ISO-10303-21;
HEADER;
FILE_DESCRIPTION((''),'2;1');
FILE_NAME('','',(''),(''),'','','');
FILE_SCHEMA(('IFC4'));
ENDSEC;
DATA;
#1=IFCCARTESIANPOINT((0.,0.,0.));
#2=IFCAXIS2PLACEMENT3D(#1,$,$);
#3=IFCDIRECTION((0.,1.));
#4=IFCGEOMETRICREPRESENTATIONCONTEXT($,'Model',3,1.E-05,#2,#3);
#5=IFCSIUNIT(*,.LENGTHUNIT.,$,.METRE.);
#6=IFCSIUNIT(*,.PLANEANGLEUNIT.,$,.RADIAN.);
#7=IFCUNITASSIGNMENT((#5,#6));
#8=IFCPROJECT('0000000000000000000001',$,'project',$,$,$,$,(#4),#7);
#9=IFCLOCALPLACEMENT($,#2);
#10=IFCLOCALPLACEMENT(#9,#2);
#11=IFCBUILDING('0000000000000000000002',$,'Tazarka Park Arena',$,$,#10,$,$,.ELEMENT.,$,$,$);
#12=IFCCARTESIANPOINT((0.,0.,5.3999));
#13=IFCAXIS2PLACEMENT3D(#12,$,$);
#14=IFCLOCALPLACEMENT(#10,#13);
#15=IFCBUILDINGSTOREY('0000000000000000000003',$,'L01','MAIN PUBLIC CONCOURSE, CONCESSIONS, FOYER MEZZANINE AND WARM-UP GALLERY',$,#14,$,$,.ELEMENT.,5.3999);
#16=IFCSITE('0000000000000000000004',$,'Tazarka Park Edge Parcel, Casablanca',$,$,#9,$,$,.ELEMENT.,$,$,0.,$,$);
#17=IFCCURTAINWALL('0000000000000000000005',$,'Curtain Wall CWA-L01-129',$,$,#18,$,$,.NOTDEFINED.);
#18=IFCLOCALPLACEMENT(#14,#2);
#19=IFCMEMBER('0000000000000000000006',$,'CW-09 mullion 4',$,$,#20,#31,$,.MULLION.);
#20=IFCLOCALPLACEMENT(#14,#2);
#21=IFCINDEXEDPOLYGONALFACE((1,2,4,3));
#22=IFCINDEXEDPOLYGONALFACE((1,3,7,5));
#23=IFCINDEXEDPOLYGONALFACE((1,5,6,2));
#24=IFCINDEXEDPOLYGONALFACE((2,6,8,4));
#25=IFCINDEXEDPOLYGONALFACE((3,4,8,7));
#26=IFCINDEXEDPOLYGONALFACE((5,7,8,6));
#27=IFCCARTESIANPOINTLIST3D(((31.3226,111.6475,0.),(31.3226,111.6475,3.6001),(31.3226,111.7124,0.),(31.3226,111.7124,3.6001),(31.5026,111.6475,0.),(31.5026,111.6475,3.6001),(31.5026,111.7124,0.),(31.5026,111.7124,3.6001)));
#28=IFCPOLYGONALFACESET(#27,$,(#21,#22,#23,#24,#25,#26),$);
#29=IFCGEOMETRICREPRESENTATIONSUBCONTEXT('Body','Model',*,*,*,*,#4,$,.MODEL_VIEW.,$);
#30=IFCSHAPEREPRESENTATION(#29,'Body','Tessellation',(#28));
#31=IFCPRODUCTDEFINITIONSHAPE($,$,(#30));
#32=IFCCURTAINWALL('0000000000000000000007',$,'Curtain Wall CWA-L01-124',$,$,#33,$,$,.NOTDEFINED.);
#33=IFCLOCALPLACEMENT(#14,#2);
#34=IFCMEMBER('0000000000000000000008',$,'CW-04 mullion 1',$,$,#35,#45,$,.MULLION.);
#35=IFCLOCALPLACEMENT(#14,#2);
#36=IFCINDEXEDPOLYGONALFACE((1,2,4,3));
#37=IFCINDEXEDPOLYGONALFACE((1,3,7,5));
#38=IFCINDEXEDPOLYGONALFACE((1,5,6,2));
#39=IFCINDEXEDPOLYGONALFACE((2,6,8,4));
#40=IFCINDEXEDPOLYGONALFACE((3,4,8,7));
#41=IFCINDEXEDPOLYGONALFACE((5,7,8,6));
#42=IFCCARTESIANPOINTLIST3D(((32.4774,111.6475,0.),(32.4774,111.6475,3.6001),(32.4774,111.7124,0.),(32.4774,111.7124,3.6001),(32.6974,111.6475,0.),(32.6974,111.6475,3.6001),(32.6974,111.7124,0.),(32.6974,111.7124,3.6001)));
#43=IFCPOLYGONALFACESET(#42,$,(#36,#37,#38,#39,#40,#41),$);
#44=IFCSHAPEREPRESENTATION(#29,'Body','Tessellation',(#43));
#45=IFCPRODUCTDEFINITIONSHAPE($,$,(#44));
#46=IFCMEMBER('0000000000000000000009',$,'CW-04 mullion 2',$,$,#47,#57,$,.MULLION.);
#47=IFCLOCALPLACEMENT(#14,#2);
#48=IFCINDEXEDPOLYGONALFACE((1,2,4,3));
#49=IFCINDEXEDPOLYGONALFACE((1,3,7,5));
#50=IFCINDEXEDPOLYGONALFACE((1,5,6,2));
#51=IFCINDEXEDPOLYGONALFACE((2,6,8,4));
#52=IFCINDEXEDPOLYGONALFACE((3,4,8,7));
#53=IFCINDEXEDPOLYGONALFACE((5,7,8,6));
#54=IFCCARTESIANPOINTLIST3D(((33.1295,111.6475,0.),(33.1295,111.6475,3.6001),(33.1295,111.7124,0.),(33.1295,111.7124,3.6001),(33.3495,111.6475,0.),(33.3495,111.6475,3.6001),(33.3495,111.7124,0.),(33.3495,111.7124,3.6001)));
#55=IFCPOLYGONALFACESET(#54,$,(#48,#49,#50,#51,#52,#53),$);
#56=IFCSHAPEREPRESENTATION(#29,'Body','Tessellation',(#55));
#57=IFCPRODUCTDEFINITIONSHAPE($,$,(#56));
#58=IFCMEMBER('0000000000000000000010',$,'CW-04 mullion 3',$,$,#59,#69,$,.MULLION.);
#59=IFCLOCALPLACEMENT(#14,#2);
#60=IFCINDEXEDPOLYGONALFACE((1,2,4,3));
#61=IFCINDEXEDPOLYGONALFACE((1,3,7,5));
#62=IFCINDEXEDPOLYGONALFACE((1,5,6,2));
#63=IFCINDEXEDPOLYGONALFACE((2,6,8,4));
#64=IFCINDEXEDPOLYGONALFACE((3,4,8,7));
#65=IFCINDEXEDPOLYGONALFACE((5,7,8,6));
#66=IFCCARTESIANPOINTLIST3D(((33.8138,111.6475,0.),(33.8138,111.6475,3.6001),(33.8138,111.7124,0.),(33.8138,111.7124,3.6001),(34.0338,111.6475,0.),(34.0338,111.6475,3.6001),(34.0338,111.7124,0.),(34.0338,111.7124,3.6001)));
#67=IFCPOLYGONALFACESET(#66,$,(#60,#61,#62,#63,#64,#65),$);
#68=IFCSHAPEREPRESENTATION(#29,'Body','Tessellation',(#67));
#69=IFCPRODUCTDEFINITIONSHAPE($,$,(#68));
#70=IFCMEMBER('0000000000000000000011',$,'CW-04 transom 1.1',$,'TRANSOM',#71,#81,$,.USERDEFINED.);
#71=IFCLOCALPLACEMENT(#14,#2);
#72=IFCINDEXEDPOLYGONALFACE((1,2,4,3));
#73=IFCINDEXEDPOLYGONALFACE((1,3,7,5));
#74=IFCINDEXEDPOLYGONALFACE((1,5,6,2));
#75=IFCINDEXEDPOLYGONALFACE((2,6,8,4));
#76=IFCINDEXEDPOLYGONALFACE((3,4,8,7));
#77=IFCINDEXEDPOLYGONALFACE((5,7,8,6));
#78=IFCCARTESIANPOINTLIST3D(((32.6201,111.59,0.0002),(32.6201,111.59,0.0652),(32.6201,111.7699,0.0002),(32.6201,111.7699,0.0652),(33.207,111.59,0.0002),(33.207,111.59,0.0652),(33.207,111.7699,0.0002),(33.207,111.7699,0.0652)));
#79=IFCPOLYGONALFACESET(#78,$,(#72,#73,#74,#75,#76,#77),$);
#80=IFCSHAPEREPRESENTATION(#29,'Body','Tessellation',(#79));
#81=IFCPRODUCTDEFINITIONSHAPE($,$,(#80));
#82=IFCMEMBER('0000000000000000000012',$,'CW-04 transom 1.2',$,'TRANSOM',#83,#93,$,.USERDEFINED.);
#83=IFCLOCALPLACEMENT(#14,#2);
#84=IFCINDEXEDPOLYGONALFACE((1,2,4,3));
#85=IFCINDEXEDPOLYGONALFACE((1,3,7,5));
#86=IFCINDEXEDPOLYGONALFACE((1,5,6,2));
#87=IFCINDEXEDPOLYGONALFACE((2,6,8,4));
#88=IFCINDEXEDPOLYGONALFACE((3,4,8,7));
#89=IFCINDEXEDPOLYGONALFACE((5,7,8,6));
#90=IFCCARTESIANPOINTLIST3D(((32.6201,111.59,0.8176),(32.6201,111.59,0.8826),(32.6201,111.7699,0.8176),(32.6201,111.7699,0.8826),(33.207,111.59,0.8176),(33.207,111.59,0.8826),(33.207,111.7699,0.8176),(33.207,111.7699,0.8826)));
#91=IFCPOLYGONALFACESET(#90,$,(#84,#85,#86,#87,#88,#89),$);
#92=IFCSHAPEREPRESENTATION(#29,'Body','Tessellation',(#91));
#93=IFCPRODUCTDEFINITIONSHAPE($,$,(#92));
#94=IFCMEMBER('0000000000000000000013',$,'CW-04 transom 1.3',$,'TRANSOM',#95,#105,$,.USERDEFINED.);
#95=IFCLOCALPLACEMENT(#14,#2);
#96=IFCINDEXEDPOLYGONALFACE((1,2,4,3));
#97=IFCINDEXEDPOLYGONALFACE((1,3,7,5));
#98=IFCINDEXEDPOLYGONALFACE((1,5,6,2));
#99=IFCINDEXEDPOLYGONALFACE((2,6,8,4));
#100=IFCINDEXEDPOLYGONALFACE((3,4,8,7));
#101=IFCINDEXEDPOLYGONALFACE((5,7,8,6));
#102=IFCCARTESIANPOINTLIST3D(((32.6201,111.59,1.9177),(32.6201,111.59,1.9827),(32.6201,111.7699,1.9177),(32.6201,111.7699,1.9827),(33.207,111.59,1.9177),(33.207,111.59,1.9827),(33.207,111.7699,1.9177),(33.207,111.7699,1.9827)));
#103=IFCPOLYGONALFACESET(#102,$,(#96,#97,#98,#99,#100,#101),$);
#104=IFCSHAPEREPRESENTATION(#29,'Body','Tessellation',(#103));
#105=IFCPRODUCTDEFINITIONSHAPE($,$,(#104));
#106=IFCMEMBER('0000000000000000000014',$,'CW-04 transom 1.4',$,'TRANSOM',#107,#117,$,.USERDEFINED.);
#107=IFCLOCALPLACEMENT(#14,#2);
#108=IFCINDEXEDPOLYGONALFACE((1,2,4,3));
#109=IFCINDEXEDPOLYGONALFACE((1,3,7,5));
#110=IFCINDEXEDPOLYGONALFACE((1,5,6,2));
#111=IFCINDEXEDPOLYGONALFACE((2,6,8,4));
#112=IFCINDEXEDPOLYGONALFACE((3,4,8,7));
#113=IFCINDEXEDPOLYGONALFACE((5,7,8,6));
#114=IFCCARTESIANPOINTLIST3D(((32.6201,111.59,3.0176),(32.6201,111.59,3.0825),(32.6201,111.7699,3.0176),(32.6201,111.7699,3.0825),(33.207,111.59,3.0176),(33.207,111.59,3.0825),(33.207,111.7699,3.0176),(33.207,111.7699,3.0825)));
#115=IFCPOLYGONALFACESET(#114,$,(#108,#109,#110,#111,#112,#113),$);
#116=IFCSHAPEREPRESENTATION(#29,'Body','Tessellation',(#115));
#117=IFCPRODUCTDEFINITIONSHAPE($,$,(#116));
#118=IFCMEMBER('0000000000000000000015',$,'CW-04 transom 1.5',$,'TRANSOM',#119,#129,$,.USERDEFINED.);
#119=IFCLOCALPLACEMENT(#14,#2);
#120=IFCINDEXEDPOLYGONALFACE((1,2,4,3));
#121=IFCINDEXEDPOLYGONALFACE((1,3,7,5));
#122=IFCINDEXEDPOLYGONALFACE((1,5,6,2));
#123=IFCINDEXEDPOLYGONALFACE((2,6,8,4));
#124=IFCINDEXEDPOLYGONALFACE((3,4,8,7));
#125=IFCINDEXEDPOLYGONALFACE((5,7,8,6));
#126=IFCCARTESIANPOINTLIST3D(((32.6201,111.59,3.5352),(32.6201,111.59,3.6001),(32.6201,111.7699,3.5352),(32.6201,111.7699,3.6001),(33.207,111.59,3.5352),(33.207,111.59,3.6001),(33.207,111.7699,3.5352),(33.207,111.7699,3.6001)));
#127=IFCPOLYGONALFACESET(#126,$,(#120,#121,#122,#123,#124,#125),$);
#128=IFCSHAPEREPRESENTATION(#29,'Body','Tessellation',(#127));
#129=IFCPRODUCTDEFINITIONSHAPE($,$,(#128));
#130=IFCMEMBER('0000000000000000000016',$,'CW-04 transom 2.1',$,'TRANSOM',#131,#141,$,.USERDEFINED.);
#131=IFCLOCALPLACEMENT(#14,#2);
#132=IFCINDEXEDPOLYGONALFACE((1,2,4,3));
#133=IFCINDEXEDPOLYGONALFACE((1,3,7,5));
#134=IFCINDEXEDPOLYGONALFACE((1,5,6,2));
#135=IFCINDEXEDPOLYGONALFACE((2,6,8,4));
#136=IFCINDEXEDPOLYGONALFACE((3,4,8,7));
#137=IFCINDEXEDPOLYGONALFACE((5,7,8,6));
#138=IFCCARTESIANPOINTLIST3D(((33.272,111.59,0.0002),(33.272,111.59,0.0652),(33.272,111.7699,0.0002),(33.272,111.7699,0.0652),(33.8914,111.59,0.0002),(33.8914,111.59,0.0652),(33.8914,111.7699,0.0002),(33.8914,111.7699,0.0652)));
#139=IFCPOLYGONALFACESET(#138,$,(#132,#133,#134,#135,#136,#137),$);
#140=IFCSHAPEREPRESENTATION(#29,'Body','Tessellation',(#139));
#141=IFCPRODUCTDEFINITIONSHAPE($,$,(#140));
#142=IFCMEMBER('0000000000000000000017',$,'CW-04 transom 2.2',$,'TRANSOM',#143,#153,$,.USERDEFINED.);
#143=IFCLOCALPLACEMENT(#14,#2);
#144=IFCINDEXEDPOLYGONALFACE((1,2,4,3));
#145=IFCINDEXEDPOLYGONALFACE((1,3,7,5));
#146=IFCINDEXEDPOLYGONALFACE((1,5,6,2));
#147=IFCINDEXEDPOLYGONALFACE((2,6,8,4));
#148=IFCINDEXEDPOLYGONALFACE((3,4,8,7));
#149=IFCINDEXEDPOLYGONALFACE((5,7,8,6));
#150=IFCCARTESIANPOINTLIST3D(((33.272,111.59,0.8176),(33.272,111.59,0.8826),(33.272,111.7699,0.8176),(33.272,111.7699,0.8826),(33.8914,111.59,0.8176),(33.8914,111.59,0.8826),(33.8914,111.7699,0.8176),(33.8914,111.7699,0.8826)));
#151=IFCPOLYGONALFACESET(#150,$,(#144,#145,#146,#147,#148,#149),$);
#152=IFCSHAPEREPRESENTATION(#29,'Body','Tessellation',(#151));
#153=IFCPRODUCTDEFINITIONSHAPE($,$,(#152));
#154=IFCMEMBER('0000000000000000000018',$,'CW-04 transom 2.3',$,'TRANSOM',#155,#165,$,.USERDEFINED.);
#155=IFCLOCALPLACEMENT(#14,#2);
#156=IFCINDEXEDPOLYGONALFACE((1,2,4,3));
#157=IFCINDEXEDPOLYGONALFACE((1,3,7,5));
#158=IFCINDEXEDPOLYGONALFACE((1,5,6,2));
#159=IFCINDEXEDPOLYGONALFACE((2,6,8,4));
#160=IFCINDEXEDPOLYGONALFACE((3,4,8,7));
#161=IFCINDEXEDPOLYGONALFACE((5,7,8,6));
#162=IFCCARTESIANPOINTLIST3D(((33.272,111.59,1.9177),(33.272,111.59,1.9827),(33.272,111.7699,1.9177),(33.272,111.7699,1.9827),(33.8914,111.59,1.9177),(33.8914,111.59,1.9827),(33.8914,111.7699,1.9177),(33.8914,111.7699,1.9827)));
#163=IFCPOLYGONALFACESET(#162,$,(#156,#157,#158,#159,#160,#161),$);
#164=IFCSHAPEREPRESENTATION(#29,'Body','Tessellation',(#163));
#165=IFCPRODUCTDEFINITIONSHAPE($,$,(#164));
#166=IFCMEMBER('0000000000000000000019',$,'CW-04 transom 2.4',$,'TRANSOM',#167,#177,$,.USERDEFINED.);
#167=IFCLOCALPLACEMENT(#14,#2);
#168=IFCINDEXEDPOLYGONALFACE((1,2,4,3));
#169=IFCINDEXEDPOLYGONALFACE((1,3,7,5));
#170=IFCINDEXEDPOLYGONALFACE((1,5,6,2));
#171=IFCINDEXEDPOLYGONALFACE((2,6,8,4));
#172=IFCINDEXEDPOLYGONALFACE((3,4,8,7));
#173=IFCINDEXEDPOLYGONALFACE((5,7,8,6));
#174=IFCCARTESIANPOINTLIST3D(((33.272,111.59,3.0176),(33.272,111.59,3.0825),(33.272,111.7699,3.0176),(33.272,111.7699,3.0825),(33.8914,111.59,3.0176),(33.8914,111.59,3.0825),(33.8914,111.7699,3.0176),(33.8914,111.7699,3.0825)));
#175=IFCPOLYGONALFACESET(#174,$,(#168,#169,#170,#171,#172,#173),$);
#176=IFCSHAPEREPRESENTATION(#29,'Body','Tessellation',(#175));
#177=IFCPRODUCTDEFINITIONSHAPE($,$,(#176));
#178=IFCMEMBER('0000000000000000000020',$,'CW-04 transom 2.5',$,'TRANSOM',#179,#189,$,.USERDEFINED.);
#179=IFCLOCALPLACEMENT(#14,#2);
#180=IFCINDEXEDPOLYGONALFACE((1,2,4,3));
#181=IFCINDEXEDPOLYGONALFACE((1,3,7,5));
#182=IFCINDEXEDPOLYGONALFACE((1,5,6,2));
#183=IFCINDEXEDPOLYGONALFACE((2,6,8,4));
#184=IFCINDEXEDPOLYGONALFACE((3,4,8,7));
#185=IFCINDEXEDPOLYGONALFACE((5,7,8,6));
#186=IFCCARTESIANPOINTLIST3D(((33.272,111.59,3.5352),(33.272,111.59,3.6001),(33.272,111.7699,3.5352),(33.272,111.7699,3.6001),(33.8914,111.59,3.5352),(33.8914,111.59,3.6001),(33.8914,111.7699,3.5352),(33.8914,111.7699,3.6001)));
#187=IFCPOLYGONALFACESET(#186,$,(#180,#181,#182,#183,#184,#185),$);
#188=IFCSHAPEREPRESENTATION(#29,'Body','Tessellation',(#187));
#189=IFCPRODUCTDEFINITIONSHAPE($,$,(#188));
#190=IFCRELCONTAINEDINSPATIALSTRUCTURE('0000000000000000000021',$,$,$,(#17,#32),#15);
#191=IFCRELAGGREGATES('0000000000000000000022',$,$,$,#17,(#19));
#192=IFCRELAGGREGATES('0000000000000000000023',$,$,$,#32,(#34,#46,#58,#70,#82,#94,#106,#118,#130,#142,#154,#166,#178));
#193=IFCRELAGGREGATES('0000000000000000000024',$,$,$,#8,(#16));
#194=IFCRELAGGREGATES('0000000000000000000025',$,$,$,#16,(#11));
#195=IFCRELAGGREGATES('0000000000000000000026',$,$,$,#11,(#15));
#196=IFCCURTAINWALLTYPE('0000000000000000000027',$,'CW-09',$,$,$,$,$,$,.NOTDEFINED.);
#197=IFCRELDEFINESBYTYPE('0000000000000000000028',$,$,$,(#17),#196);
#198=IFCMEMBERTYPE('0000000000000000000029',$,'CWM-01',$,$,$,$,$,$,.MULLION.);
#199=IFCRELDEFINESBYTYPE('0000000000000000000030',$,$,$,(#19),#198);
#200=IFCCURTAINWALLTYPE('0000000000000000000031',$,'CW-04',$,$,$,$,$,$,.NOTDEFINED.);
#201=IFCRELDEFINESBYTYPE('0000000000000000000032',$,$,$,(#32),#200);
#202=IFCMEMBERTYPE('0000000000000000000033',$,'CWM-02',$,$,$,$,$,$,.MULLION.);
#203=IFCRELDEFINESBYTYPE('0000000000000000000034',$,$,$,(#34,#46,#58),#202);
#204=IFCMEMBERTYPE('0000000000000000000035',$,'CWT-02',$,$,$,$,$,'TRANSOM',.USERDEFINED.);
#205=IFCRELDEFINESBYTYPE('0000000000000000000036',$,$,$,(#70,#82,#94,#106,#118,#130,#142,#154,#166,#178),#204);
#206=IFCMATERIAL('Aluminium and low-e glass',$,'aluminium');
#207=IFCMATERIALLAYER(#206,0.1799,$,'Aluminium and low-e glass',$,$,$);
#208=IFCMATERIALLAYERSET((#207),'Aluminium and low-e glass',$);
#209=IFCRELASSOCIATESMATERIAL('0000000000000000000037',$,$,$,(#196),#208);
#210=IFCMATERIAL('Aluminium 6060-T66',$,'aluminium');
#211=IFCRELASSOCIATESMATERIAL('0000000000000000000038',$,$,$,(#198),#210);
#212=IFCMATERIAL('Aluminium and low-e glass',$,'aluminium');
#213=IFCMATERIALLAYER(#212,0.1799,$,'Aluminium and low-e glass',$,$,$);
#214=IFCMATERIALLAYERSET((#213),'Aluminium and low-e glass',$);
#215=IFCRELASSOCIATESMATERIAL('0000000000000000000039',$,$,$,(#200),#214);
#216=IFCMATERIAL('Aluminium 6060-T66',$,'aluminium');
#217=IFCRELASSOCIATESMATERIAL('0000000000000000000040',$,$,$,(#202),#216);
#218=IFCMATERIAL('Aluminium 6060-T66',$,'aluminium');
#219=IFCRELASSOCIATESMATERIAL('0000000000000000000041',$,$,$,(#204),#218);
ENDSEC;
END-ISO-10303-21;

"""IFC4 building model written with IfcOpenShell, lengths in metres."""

from ifc_helpers import new_model, si_unit, direction, frame, origin, origin_2d, place, context, subcontext, project, spatial, rectangle, extrude, material, layer, layer_set, material_profile, profile_set, type_object, element, aggregate, save


model = new_model("IFC4")

# Units and contexts
model_context = context("Model", 3, precision=1e-05, world=origin(), true_north=direction((0.0, 1.0)))
body_context = subcontext(model_context, "Body", "Model", "MODEL_VIEW")
ifc_project = project(units=[si_unit("LENGTHUNIT", "METRE"), si_unit("PLANEANGLEUNIT", "RADIAN")], contexts=[model_context])

# Site, building, storey
site_placement = place(None, origin())
site = spatial("IfcSite", under=ifc_project, at=site_placement, Name="Tazarka Park Edge Parcel, Casablanca", CompositionType="ELEMENT", RefElevation=0.0)
building_placement = place(site_placement, origin())
building = spatial("IfcBuilding", under=site, at=building_placement, Name="Tazarka Park Arena", CompositionType="ELEMENT")
storey_placement = place(building_placement, frame((0.0, 0.0, 5.3999)))
storey = spatial("IfcBuildingStorey", under=building, at=storey_placement, Name="L01", Description="MAIN PUBLIC CONCOURSE, CONCESSIONS, FOYER MEZZANINE AND WARM-UP GALLERY", CompositionType="ELEMENT", Elevation=5.3999)

# Curtain wall, member
ifc_material_1 = material(Name="Aluminium and low-e glass", Category="aluminium")
ifc_layer_1 = layer(ifc_material_1, 0.1799, Name="Aluminium and low-e glass")
ifc_layer_set_1 = layer_set([ifc_layer_1], Name="Aluminium and low-e glass")
curtain_wall_type_1 = type_object("IfcCurtainWallType", Name="CW-09", PredefinedType="NOTDEFINED", material=ifc_layer_set_1)
curtain_wall_1_placement = place(storey_placement, origin())
curtain_wall_1 = element("IfcCurtainWall", 1, at=curtain_wall_1_placement, inside=storey, type_object=curtain_wall_type_1, Name="Curtain Wall CWA-L01-129", PredefinedType="NOTDEFINED")
ifc_material_2 = material(Name="Aluminium 6060-T66", Category="aluminium")
ifc_material_profile_1 = material_profile(ifc_material_2, rectangle(XDim=0.0649, YDim=0.1799, at=origin_2d()), Name="Aluminium 6060-T66")
ifc_profile_set_1 = profile_set([ifc_material_profile_1], Name="Aluminium 6060-T66")
member_type_1 = type_object("IfcMemberType", Name="CWM-01", PredefinedType="MULLION", material=ifc_profile_set_1)
member_1_placement = place(storey_placement, frame((31.4126, 111.6799, 0.0), z_axis=(0.0, 0.0, 1.0), x_axis=(0.0, 1.0, 0.0)))
member_1 = element("IfcMember", 2, at=member_1_placement, type_object=member_type_1, Name="CW-09 mullion 4", PredefinedType="MULLION", context=body_context, shape_type="SweptSolid", body=[
    extrude(rectangle(XDim=0.0649, YDim=0.1799, at=origin_2d()), origin(), (0.0, 0.0, 1.0), 3.6001),
])

# Curtain wall, members
ifc_material_3 = material(Name="Aluminium and low-e glass", Category="aluminium")
ifc_layer_2 = layer(ifc_material_3, 0.1799, Name="Aluminium and low-e glass")
ifc_layer_set_2 = layer_set([ifc_layer_2], Name="Aluminium and low-e glass")
curtain_wall_type_2 = type_object("IfcCurtainWallType", Name="CW-04", PredefinedType="NOTDEFINED", material=ifc_layer_set_2)
curtain_wall_2_placement = place(storey_placement, origin())
curtain_wall_2 = element("IfcCurtainWall", 3, at=curtain_wall_2_placement, inside=storey, type_object=curtain_wall_type_2, Name="Curtain Wall CWA-L01-124", PredefinedType="NOTDEFINED")
ifc_material_4 = material(Name="Aluminium 6060-T66", Category="aluminium")
ifc_material_profile_2 = material_profile(ifc_material_4, rectangle(XDim=0.0649, YDim=0.22, at=origin_2d()), Name="Aluminium 6060-T66")
ifc_profile_set_2 = profile_set([ifc_material_profile_2], Name="Aluminium 6060-T66")
member_type_2 = type_object("IfcMemberType", Name="CWM-02", PredefinedType="MULLION", material=ifc_profile_set_2)
member_2_placement = place(storey_placement, frame((32.5874, 111.6799, 0.0), z_axis=(0.0, 0.0, 1.0), x_axis=(0.0, 1.0, 0.0)))
member_2 = element("IfcMember", 4, at=member_2_placement, type_object=member_type_2, Name="CW-04 mullion 1", PredefinedType="MULLION", context=body_context, shape_type="SweptSolid", body=[
    extrude(rectangle(XDim=0.0649, YDim=0.22, at=origin_2d()), origin(), (0.0, 0.0, 1.0), 3.6001),
])
member_3_placement = place(storey_placement, frame((33.2395, 111.6799, 0.0), z_axis=(0.0, 0.0, 1.0), x_axis=(0.0, 1.0, 0.0)))
member_3 = element("IfcMember", 5, at=member_3_placement, type_object=member_type_2, Name="CW-04 mullion 2", PredefinedType="MULLION", context=body_context, shape_type="SweptSolid", body=[
    extrude(rectangle(XDim=0.0649, YDim=0.22, at=origin_2d()), origin(), (0.0, 0.0, 1.0), 3.6001),
])
member_4_placement = place(storey_placement, frame((33.9238, 111.6799, 0.0), z_axis=(0.0, 0.0, 1.0), x_axis=(0.0, 1.0, 0.0)))
member_4 = element("IfcMember", 6, at=member_4_placement, type_object=member_type_2, Name="CW-04 mullion 3", PredefinedType="MULLION", context=body_context, shape_type="SweptSolid", body=[
    extrude(rectangle(XDim=0.0649, YDim=0.22, at=origin_2d()), origin(), (0.0, 0.0, 1.0), 3.6001),
])
ifc_material_5 = material(Name="Aluminium 6060-T66", Category="aluminium")
ifc_material_profile_3 = material_profile(ifc_material_5, rectangle(XDim=0.1799, YDim=0.0649, at=origin_2d()), Name="Aluminium 6060-T66")
ifc_profile_set_3 = profile_set([ifc_material_profile_3], Name="Aluminium 6060-T66")
member_type_3 = type_object("IfcMemberType", Name="CWT-02", ElementType="TRANSOM", PredefinedType="USERDEFINED", material=ifc_profile_set_3)
member_5_placement = place(storey_placement, frame((32.6201, 111.6799, 0.0327), z_axis=(1.0, 0.0, 0.0), x_axis=(0.0, 1.0, 0.0)))
member_5 = element("IfcMember", 7, at=member_5_placement, type_object=member_type_3, Name="CW-04 transom 1.1", ObjectType="TRANSOM", PredefinedType="USERDEFINED", context=body_context, shape_type="SweptSolid", body=[
    extrude(rectangle(XDim=0.1799, YDim=0.0649, at=origin_2d()), origin(), (0.0, 0.0, 1.0), 0.5869),
])
member_6_placement = place(storey_placement, frame((32.6201, 111.6799, 0.8501), z_axis=(1.0, 0.0, 0.0), x_axis=(0.0, 1.0, 0.0)))
member_6 = element("IfcMember", 8, at=member_6_placement, type_object=member_type_3, Name="CW-04 transom 1.2", ObjectType="TRANSOM", PredefinedType="USERDEFINED", context=body_context, shape_type="SweptSolid", body=[
    extrude(rectangle(XDim=0.1799, YDim=0.0649, at=origin_2d()), origin(), (0.0, 0.0, 1.0), 0.5869),
])
member_7_placement = place(storey_placement, frame((32.6201, 111.6799, 1.9502), z_axis=(1.0, 0.0, 0.0), x_axis=(0.0, 1.0, 0.0)))
member_7 = element("IfcMember", 9, at=member_7_placement, type_object=member_type_3, Name="CW-04 transom 1.3", ObjectType="TRANSOM", PredefinedType="USERDEFINED", context=body_context, shape_type="SweptSolid", body=[
    extrude(rectangle(XDim=0.1799, YDim=0.0649, at=origin_2d()), origin(), (0.0, 0.0, 1.0), 0.5869),
])
member_8_placement = place(storey_placement, frame((32.6201, 111.6799, 3.05), z_axis=(1.0, 0.0, 0.0), x_axis=(0.0, 1.0, 0.0)))
member_8 = element("IfcMember", 10, at=member_8_placement, type_object=member_type_3, Name="CW-04 transom 1.4", ObjectType="TRANSOM", PredefinedType="USERDEFINED", context=body_context, shape_type="SweptSolid", body=[
    extrude(rectangle(XDim=0.1799, YDim=0.0649, at=origin_2d()), origin(), (0.0, 0.0, 1.0), 0.5869),
])
member_9_placement = place(storey_placement, frame((32.6201, 111.6799, 3.5676), z_axis=(1.0, 0.0, 0.0), x_axis=(0.0, 1.0, 0.0)))
member_9 = element("IfcMember", 11, at=member_9_placement, type_object=member_type_3, Name="CW-04 transom 1.5", ObjectType="TRANSOM", PredefinedType="USERDEFINED", context=body_context, shape_type="SweptSolid", body=[
    extrude(rectangle(XDim=0.1799, YDim=0.0649, at=origin_2d()), origin(), (0.0, 0.0, 1.0), 0.5869),
])
member_10_placement = place(storey_placement, frame((33.272, 111.6799, 0.0327), z_axis=(1.0, 0.0, 0.0), x_axis=(0.0, 1.0, 0.0)))
member_10 = element("IfcMember", 12, at=member_10_placement, type_object=member_type_3, Name="CW-04 transom 2.1", ObjectType="TRANSOM", PredefinedType="USERDEFINED", context=body_context, shape_type="SweptSolid", body=[
    extrude(rectangle(XDim=0.1799, YDim=0.0649, at=origin_2d()), origin(), (0.0, 0.0, 1.0), 0.6194),
])
member_11_placement = place(storey_placement, frame((33.272, 111.6799, 0.8501), z_axis=(1.0, 0.0, 0.0), x_axis=(0.0, 1.0, 0.0)))
member_11 = element("IfcMember", 13, at=member_11_placement, type_object=member_type_3, Name="CW-04 transom 2.2", ObjectType="TRANSOM", PredefinedType="USERDEFINED", context=body_context, shape_type="SweptSolid", body=[
    extrude(rectangle(XDim=0.1799, YDim=0.0649, at=origin_2d()), origin(), (0.0, 0.0, 1.0), 0.6194),
])
member_12_placement = place(storey_placement, frame((33.272, 111.6799, 1.9502), z_axis=(1.0, 0.0, 0.0), x_axis=(0.0, 1.0, 0.0)))
member_12 = element("IfcMember", 14, at=member_12_placement, type_object=member_type_3, Name="CW-04 transom 2.3", ObjectType="TRANSOM", PredefinedType="USERDEFINED", context=body_context, shape_type="SweptSolid", body=[
    extrude(rectangle(XDim=0.1799, YDim=0.0649, at=origin_2d()), origin(), (0.0, 0.0, 1.0), 0.6194),
])
member_13_placement = place(storey_placement, frame((33.272, 111.6799, 3.05), z_axis=(1.0, 0.0, 0.0), x_axis=(0.0, 1.0, 0.0)))
member_13 = element("IfcMember", 15, at=member_13_placement, type_object=member_type_3, Name="CW-04 transom 2.4", ObjectType="TRANSOM", PredefinedType="USERDEFINED", context=body_context, shape_type="SweptSolid", body=[
    extrude(rectangle(XDim=0.1799, YDim=0.0649, at=origin_2d()), origin(), (0.0, 0.0, 1.0), 0.6194),
])
member_14_placement = place(storey_placement, frame((33.272, 111.6799, 3.5676), z_axis=(1.0, 0.0, 0.0), x_axis=(0.0, 1.0, 0.0)))
member_14 = element("IfcMember", 16, at=member_14_placement, type_object=member_type_3, Name="CW-04 transom 2.5", ObjectType="TRANSOM", PredefinedType="USERDEFINED", context=body_context, shape_type="SweptSolid", body=[
    extrude(rectangle(XDim=0.1799, YDim=0.0649, at=origin_2d()), origin(), (0.0, 0.0, 1.0), 0.6194),
])

aggregate(curtain_wall_1, [member_1])
aggregate(curtain_wall_2, [member_2, member_3, member_4, member_5, member_6, member_7, member_8, member_9, member_10, member_11, member_12, member_13, member_14])

save(model, "model.ifc")
